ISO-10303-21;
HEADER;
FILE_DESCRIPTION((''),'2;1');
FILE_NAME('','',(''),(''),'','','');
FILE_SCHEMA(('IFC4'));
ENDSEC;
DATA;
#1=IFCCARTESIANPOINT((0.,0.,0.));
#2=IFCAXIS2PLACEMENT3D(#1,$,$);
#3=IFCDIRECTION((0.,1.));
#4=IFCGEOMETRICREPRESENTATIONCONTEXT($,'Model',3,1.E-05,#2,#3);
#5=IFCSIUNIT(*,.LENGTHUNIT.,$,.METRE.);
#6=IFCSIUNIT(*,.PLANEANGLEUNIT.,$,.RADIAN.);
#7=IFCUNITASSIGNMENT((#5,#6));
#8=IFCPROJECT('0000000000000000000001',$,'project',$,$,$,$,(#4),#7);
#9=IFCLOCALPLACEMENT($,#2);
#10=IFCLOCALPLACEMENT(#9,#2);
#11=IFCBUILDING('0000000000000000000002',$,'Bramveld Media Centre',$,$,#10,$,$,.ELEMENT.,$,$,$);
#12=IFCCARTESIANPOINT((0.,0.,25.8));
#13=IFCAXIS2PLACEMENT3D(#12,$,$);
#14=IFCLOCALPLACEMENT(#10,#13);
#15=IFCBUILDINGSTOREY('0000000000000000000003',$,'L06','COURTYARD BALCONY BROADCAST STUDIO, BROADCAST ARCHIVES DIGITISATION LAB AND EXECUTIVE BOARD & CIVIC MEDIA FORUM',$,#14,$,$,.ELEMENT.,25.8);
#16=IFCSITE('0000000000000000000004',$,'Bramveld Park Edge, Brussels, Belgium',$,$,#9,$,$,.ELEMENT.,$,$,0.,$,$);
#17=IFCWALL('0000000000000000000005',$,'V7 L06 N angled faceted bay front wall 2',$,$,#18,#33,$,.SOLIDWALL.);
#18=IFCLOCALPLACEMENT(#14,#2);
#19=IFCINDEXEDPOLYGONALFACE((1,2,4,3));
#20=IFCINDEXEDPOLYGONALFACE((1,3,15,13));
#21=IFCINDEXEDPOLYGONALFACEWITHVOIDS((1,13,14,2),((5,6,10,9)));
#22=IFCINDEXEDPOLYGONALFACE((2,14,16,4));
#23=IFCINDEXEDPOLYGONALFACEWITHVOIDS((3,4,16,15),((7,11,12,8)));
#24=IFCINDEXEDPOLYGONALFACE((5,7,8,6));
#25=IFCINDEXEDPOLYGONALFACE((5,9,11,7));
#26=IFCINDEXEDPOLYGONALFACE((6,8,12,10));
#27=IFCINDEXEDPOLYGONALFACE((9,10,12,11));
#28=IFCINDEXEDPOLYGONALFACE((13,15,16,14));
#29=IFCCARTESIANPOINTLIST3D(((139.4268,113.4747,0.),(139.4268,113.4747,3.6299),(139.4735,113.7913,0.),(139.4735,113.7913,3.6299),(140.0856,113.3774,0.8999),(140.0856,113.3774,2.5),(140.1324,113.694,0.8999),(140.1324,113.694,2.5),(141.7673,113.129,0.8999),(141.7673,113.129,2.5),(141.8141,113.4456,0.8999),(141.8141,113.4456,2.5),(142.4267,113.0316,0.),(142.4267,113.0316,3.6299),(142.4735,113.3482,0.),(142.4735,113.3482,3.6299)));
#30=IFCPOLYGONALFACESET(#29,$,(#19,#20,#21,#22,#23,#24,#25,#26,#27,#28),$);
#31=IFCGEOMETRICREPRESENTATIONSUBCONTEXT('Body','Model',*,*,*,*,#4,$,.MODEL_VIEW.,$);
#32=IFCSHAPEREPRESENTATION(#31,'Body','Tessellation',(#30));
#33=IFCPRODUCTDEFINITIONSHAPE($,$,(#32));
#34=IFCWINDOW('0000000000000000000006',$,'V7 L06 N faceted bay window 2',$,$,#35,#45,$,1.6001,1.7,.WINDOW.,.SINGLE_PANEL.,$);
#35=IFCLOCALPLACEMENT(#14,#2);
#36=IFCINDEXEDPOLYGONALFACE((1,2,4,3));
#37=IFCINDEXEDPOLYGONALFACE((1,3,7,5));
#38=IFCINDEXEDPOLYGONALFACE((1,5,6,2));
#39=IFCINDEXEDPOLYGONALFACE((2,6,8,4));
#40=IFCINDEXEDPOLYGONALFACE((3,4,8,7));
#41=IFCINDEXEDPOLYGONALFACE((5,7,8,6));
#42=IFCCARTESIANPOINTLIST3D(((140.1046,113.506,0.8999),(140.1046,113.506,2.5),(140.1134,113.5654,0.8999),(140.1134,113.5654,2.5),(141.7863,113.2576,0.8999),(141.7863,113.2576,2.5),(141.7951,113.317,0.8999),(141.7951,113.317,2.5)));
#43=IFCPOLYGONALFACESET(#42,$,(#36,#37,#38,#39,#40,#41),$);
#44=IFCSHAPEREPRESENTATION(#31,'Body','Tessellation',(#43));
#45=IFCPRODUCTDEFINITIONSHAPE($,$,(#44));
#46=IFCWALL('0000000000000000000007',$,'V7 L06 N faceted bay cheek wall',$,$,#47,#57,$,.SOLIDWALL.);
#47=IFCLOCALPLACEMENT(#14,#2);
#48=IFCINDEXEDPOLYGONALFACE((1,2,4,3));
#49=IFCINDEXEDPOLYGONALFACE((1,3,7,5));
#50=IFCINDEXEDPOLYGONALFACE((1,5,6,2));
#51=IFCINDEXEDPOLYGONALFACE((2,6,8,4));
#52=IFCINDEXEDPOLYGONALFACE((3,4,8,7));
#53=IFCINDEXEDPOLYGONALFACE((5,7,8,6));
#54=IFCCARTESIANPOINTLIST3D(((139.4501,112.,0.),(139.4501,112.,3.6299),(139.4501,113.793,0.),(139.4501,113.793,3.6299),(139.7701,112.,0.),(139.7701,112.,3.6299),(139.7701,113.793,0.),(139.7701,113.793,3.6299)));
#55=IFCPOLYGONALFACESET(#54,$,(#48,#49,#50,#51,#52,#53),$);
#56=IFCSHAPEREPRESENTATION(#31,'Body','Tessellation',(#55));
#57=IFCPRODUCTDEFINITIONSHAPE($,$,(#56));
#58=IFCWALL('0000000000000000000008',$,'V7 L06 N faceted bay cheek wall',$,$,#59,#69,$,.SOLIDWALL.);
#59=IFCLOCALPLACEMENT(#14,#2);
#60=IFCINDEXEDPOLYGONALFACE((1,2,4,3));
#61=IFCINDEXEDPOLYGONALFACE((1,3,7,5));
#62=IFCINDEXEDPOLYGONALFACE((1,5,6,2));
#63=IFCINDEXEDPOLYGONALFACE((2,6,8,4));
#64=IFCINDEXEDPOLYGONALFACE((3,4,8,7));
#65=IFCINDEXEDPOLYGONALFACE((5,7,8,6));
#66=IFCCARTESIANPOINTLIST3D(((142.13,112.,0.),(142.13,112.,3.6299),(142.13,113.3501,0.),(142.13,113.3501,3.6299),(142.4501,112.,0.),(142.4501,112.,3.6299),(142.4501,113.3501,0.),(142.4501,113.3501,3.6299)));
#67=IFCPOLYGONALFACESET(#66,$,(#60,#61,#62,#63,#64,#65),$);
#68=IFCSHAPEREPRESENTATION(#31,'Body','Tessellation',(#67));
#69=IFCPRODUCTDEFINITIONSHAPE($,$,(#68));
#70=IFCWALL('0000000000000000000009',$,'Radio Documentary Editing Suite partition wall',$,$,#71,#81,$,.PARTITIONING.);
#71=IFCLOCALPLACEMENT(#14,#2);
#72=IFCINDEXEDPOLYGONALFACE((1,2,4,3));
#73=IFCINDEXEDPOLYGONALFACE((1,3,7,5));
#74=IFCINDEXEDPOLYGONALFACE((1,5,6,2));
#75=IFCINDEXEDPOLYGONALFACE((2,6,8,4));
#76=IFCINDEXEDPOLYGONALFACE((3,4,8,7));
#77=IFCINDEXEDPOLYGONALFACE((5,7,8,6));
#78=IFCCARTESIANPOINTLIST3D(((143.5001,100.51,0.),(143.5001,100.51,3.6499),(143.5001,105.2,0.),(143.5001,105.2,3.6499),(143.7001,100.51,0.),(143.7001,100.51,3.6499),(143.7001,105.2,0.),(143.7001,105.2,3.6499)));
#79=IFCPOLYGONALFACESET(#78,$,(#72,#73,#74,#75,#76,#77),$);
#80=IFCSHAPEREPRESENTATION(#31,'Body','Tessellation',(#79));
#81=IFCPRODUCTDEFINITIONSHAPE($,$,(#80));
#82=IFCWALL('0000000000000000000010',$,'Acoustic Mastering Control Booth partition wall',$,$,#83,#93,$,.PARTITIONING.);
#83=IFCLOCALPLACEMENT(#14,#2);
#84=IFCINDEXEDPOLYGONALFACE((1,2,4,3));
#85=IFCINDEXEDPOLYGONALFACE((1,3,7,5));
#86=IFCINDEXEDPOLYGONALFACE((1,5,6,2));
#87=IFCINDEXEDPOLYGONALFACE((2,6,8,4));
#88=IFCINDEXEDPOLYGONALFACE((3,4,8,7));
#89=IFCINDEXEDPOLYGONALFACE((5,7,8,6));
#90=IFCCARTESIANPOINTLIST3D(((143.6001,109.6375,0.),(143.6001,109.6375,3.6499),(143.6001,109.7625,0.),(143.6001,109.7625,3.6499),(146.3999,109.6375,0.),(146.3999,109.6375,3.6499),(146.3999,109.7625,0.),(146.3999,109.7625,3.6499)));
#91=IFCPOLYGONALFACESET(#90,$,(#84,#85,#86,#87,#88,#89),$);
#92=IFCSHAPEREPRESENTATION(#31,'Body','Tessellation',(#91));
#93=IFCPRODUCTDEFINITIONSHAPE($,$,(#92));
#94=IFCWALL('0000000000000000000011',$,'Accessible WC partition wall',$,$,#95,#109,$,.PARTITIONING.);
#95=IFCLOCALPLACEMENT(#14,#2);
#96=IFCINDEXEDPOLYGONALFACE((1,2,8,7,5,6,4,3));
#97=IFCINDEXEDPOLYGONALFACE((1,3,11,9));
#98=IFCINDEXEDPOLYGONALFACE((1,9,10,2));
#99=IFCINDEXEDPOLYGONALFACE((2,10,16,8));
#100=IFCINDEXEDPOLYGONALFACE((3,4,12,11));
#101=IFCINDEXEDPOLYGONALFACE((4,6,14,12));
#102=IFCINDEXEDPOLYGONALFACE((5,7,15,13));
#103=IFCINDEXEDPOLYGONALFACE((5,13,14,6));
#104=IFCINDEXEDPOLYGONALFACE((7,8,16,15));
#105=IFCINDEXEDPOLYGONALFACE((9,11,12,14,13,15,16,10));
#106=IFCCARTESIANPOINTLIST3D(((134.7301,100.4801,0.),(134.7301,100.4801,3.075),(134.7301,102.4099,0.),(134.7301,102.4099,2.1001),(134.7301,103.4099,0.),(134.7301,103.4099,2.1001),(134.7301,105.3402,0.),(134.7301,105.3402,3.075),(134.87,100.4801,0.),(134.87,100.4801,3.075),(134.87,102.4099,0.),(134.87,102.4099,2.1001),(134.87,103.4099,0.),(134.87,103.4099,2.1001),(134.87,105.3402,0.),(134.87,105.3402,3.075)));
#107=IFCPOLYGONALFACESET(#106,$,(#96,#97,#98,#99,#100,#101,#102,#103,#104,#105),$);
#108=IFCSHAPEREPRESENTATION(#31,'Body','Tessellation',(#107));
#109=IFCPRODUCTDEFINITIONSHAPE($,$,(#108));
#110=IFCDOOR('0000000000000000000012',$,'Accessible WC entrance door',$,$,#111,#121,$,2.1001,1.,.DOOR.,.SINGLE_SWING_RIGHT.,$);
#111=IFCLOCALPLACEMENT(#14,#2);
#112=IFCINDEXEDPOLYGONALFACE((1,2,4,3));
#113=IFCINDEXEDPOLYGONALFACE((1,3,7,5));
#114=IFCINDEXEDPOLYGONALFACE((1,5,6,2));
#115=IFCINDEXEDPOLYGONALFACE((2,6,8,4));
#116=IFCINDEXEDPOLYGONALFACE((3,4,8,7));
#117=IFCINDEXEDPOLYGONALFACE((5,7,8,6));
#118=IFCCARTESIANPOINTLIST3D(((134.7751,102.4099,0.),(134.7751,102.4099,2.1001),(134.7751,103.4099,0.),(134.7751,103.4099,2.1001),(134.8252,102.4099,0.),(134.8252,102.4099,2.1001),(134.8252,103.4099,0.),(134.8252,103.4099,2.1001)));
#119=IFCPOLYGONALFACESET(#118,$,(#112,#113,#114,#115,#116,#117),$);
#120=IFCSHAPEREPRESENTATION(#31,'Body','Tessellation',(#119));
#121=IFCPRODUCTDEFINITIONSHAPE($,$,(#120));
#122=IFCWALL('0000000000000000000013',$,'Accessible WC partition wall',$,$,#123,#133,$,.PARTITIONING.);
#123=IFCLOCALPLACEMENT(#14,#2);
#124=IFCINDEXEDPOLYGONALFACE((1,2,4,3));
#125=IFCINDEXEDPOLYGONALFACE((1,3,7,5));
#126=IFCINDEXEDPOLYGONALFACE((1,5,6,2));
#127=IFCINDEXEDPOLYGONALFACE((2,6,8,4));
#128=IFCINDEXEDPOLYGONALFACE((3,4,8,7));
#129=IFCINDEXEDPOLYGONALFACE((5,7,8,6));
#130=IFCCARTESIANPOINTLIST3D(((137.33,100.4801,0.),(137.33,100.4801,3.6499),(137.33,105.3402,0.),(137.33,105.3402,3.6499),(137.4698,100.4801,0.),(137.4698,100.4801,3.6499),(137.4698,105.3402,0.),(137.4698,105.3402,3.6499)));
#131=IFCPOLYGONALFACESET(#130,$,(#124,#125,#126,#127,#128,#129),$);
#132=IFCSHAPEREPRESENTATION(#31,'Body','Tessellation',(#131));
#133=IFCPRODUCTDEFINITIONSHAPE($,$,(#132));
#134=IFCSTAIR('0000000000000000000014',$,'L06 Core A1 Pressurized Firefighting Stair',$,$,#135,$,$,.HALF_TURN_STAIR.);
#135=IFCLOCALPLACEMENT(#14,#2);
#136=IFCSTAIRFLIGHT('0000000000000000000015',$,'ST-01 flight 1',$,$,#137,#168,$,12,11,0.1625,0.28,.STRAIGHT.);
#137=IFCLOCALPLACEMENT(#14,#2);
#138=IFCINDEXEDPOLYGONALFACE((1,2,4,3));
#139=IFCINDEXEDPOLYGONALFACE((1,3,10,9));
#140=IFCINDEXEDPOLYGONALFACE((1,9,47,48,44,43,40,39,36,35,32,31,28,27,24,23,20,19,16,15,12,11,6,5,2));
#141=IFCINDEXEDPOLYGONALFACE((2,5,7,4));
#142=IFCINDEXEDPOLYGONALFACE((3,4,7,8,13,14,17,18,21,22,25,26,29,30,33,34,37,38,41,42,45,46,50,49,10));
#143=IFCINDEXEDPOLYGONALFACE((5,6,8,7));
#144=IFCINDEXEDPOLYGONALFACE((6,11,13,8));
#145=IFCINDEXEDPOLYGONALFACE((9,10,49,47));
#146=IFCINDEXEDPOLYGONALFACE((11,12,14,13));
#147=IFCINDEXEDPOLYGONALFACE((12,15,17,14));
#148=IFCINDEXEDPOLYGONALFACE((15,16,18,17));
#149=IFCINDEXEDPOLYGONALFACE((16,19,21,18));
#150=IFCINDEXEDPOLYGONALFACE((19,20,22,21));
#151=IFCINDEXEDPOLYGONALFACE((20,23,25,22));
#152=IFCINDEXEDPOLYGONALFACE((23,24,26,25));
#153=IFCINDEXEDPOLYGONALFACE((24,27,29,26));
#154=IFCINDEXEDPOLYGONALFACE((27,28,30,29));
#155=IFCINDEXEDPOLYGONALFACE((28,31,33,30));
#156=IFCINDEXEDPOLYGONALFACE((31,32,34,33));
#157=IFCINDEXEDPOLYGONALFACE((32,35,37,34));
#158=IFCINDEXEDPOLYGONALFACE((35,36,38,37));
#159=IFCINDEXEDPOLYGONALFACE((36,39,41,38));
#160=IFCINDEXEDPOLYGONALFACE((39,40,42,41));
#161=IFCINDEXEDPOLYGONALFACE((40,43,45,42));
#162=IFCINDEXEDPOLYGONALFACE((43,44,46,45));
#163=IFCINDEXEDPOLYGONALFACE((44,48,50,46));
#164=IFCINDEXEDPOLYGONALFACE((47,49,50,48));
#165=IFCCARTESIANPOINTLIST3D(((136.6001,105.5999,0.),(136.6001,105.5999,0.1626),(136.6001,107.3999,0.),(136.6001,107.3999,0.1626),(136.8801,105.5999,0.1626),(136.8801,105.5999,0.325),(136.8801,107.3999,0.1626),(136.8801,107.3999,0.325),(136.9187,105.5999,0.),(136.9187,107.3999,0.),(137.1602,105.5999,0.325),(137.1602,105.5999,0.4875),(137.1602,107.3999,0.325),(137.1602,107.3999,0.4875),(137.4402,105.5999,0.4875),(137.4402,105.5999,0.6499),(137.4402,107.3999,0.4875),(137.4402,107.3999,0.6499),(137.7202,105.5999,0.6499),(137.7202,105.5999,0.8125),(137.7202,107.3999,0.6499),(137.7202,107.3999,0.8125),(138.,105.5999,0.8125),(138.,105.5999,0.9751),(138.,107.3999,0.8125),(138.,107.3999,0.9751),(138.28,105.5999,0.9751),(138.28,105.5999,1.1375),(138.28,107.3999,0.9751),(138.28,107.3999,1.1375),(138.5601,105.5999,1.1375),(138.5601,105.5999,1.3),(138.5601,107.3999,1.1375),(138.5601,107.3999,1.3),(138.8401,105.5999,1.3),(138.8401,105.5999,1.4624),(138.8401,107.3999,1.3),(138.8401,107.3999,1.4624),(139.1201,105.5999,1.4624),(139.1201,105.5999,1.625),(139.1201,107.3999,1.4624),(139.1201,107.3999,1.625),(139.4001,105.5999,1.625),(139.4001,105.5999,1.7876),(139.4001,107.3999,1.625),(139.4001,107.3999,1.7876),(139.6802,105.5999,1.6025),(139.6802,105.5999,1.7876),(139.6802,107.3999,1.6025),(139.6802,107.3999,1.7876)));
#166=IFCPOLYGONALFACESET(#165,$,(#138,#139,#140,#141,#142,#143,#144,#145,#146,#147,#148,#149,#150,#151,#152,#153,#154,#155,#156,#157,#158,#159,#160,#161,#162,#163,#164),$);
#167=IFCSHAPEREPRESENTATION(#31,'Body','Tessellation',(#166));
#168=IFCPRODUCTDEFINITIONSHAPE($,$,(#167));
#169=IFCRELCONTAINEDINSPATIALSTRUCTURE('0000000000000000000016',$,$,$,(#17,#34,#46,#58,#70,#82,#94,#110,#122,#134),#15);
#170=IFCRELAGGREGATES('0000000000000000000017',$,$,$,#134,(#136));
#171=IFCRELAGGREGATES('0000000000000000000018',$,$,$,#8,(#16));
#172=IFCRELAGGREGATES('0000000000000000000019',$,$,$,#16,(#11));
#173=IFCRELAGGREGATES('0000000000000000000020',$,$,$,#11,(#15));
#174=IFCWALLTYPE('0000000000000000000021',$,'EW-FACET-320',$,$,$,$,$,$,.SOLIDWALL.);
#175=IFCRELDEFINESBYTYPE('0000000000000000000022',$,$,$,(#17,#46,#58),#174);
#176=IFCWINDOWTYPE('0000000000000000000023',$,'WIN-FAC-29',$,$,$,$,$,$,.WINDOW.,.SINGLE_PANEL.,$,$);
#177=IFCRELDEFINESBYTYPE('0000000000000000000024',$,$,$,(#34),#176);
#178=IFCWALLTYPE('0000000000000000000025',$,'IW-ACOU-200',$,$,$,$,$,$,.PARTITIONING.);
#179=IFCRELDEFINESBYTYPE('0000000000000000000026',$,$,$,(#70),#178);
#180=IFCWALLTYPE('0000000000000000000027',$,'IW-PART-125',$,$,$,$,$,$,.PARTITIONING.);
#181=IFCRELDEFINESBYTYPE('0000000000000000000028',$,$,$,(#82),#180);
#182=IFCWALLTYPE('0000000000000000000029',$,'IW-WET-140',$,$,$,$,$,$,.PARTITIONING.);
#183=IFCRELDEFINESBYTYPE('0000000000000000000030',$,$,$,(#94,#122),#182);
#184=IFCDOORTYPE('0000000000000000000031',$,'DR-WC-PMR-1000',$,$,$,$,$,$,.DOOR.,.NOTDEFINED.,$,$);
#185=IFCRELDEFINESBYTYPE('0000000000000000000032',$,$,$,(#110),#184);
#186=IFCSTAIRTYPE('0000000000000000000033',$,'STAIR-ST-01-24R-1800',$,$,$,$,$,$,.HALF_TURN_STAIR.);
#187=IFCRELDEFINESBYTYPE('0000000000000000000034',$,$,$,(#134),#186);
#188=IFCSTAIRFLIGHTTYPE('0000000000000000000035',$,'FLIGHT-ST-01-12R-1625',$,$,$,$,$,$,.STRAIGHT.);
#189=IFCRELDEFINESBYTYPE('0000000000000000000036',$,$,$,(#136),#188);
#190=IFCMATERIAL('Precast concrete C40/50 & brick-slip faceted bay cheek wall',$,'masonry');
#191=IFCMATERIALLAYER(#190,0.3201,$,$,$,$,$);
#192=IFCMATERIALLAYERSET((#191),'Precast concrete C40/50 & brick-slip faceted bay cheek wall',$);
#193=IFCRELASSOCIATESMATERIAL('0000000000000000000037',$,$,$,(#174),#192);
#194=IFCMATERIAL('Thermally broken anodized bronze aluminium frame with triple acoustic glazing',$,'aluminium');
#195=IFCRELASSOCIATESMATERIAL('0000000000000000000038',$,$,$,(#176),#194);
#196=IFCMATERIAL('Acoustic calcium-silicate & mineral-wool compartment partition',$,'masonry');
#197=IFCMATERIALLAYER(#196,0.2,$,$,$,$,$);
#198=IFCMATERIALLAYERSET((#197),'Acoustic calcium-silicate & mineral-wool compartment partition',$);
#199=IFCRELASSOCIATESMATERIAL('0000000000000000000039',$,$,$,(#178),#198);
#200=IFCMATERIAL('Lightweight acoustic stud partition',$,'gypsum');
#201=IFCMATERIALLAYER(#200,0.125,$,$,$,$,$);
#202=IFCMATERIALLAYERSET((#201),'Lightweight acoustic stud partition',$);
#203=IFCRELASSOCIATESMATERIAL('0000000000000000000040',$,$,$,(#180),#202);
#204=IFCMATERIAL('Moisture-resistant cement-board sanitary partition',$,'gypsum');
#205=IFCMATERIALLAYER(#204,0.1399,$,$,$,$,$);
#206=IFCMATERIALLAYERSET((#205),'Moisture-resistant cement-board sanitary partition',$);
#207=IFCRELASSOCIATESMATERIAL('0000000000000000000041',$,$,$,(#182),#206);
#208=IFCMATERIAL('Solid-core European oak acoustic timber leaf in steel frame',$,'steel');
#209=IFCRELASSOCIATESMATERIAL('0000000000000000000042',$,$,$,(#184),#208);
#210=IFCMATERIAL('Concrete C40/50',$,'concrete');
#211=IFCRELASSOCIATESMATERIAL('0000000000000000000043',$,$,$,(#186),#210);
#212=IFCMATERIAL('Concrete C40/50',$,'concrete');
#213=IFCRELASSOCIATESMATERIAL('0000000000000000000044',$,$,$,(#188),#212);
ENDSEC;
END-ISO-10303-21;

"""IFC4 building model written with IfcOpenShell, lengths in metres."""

from ifc_helpers import new_model, si_unit, direction, frame, frame_2d, origin, place, context, subcontext, project, spatial, polyline, rectangle, outline, extrude, material, layer, layer_set, type_object, element, fill, aggregate, save


model = new_model("IFC4")

# Units and contexts
model_context = context("Model", 3, precision=1e-05, world=origin(), true_north=direction((0.0, 1.0)))
body_context = subcontext(model_context, "Body", "Model", "MODEL_VIEW")
ifc_project = project(units=[si_unit("LENGTHUNIT", "METRE"), si_unit("PLANEANGLEUNIT", "RADIAN")], contexts=[model_context])

# Site, building, storey
site_placement = place(None, origin())
site = spatial("IfcSite", under=ifc_project, at=site_placement, Name="Bramveld Park Edge, Brussels, Belgium", CompositionType="ELEMENT", RefElevation=0.0)
building_placement = place(site_placement, origin())
building = spatial("IfcBuilding", under=site, at=building_placement, Name="Bramveld Media Centre", CompositionType="ELEMENT")
storey_placement = place(building_placement, frame((0.0, 0.0, 25.8)))
storey = spatial("IfcBuildingStorey", under=building, at=storey_placement, Name="L06", Description="COURTYARD BALCONY BROADCAST STUDIO, BROADCAST ARCHIVES DIGITISATION LAB AND EXECUTIVE BOARD & CIVIC MEDIA FORUM", CompositionType="ELEMENT", Elevation=25.8)

# Shared definitions
ifc_material_1 = material(Name="Precast concrete C40/50 & brick-slip faceted bay cheek wall", Category="masonry")
ifc_layer_1 = layer(ifc_material_1, 0.3201)
ifc_layer_set_1 = layer_set([ifc_layer_1], Name="Precast concrete C40/50 & brick-slip faceted bay cheek wall")
wall_type_1 = type_object("IfcWallType", Name="EW-FACET-320", PredefinedType="SOLIDWALL", material=ifc_layer_set_1)

# Wall, opening, window
wall_1_placement = place(storey_placement, frame((142.45, 113.1899, 0.0), z_axis=(0.0, 0.0, 1.0), x_axis=(-0.989267, 0.14612, 0.0)))
wall_1 = element("IfcWall", 1, at=wall_1_placement, inside=storey, type_object=wall_type_1, Name="V7 L06 N angled faceted bay front wall 2", PredefinedType="SOLIDWALL", context=body_context, shape_type="SweptSolid", body=[
    extrude(rectangle(XDim=3.0325, YDim=0.3201, at=frame_2d((1.5161, 0.0))), origin(), (0.0, 0.0, 1.0), 3.6299),
])
opening_1_placement = place(wall_1_placement, frame((0.6663, 0.0, 0.8999)))
opening_1 = element("IfcOpeningElement", 2, at=opening_1_placement, cuts=wall_1, PredefinedType="OPENING", context=body_context, shape_type="SweptSolid", body=[
    extrude(rectangle(XDim=1.7, YDim=1.6001, at=frame_2d((0.8501, 0.8))), frame((0.0, 0.1719, 0.0), z_axis=(0.0, -1.0, 0.0), x_axis=(1.0, 0.0, 0.0)), (0.0, 0.0, 1.0), 0.344),
])
ifc_material_2 = material(Name="Thermally broken anodized bronze aluminium frame with triple acoustic glazing", Category="aluminium")
window_type_1 = type_object("IfcWindowType", Name="WIN-FAC-29", PartitioningType="SINGLE_PANEL", PredefinedType="WINDOW", material=ifc_material_2)
window_1_placement = place(opening_1_placement, origin())
window_1 = element("IfcWindow", 3, at=window_1_placement, inside=storey, type_object=window_type_1, Name="V7 L06 N faceted bay window 2", OverallHeight=1.6001, OverallWidth=1.7, PartitioningType="SINGLE_PANEL", PredefinedType="WINDOW", context=body_context, shape_type="SweptSolid", body=[
    extrude(rectangle(XDim=1.7, YDim=1.6001, at=frame_2d((0.8501, 0.8))), frame((0.0, 0.03, 0.0), z_axis=(0.0, -1.0, 0.0), x_axis=(1.0, 0.0, 0.0)), (0.0, 0.0, 1.0), 0.0601),
])
fill(opening_1, window_1)

# Walls
wall_2_placement = place(storey_placement, frame((139.6101, 112.0, 0.0), z_axis=(0.0, 0.0, 1.0), x_axis=(0.0, 1.0, 0.0)))
element("IfcWall", 4, at=wall_2_placement, inside=storey, type_object=wall_type_1, Name="V7 L06 N faceted bay cheek wall", PredefinedType="SOLIDWALL", context=body_context, shape_type="SweptSolid", body=[
    extrude(rectangle(XDim=1.793, YDim=0.3201, at=frame_2d((0.8965, 0.0))), origin(), (0.0, 0.0, 1.0), 3.6299),
])
wall_3_placement = place(storey_placement, frame((142.29, 112.0, 0.0), z_axis=(0.0, 0.0, 1.0), x_axis=(0.0, 1.0, 0.0)))
element("IfcWall", 5, at=wall_3_placement, inside=storey, type_object=wall_type_1, Name="V7 L06 N faceted bay cheek wall", PredefinedType="SOLIDWALL", context=body_context, shape_type="SweptSolid", body=[
    extrude(rectangle(XDim=1.3501, YDim=0.3201, at=frame_2d((0.675, 0.0))), origin(), (0.0, 0.0, 1.0), 3.6299),
])
ifc_material_3 = material(Name="Acoustic calcium-silicate & mineral-wool compartment partition", Category="masonry")
ifc_layer_2 = layer(ifc_material_3, 0.2)
ifc_layer_set_2 = layer_set([ifc_layer_2], Name="Acoustic calcium-silicate & mineral-wool compartment partition")
wall_type_2 = type_object("IfcWallType", Name="IW-ACOU-200", PredefinedType="PARTITIONING", material=ifc_layer_set_2)
wall_4_placement = place(storey_placement, frame((143.6001, 100.51, 0.0), z_axis=(0.0, 0.0, 1.0), x_axis=(0.0, 1.0, 0.0)))
element("IfcWall", 6, at=wall_4_placement, inside=storey, type_object=wall_type_2, Name="Radio Documentary Editing Suite partition wall", PredefinedType="PARTITIONING", context=body_context, shape_type="SweptSolid", body=[
    extrude(rectangle(XDim=4.6899, YDim=0.2, at=frame_2d((2.345, 0.0))), origin(), (0.0, 0.0, 1.0), 3.6499),
])
ifc_material_4 = material(Name="Lightweight acoustic stud partition", Category="gypsum")
ifc_layer_3 = layer(ifc_material_4, 0.125)
ifc_layer_set_3 = layer_set([ifc_layer_3], Name="Lightweight acoustic stud partition")
wall_type_3 = type_object("IfcWallType", Name="IW-PART-125", PredefinedType="PARTITIONING", material=ifc_layer_set_3)
wall_5_placement = place(storey_placement, frame((143.6001, 109.7, 0.0), z_axis=(0.0, 0.0, 1.0), x_axis=(1.0, 0.0, 0.0)))
element("IfcWall", 7, at=wall_5_placement, inside=storey, type_object=wall_type_3, Name="Acoustic Mastering Control Booth partition wall", PredefinedType="PARTITIONING", context=body_context, shape_type="SweptSolid", body=[
    extrude(rectangle(XDim=2.7998, YDim=0.125, at=frame_2d((1.3999, 0.0))), origin(), (0.0, 0.0, 1.0), 3.6499),
])

# Wall, opening, door
ifc_material_5 = material(Name="Moisture-resistant cement-board sanitary partition", Category="gypsum")
ifc_layer_4 = layer(ifc_material_5, 0.1399)
ifc_layer_set_4 = layer_set([ifc_layer_4], Name="Moisture-resistant cement-board sanitary partition")
wall_type_4 = type_object("IfcWallType", Name="IW-WET-140", PredefinedType="PARTITIONING", material=ifc_layer_set_4)
wall_6_placement = place(storey_placement, frame((134.8, 100.48, 0.0), z_axis=(0.0, 0.0, 1.0), x_axis=(0.0, 1.0, 0.0)))
wall_6 = element("IfcWall", 8, at=wall_6_placement, inside=storey, type_object=wall_type_4, Name="Accessible WC partition wall", PredefinedType="PARTITIONING", context=body_context, shape_type="SweptSolid", body=[
    extrude(rectangle(XDim=4.8601, YDim=0.1399, at=frame_2d((2.4302, 0.0))), origin(), (0.0, 0.0, 1.0), 3.075),
])
opening_2_placement = place(wall_6_placement, frame((1.9299, 0.0, 0.0)))
opening_2 = element("IfcOpeningElement", 9, at=opening_2_placement, cuts=wall_6, PredefinedType="OPENING", context=body_context, shape_type="SweptSolid", body=[
    extrude(rectangle(XDim=1.0, YDim=2.1001, at=frame_2d((0.5, 1.05))), frame((0.0, 0.082, 0.0), z_axis=(0.0, -1.0, 0.0), x_axis=(1.0, 0.0, 0.0)), (0.0, 0.0, 1.0), 0.1638),
])
ifc_material_6 = material(Name="Solid-core European oak acoustic timber leaf in steel frame", Category="steel")
door_type_1 = type_object("IfcDoorType", Name="DR-WC-PMR-1000", OperationType="NOTDEFINED", PredefinedType="DOOR", material=ifc_material_6)
door_1_placement = place(opening_2_placement, origin())
door_1 = element("IfcDoor", 10, at=door_1_placement, inside=storey, type_object=door_type_1, Name="Accessible WC entrance door", OperationType="SINGLE_SWING_RIGHT", OverallHeight=2.1001, OverallWidth=1.0, PredefinedType="DOOR", context=body_context, shape_type="SweptSolid", body=[
    extrude(rectangle(XDim=1.0, YDim=2.1001, at=frame_2d((0.5, 1.05))), frame((0.0, 0.0249, 0.0), z_axis=(0.0, -1.0, 0.0), x_axis=(1.0, 0.0, 0.0)), (0.0, 0.0, 1.0), 0.05),
])
fill(opening_2, door_1)

# Wall
wall_7_placement = place(storey_placement, frame((137.3999, 100.48, 0.0), z_axis=(0.0, 0.0, 1.0), x_axis=(0.0, 1.0, 0.0)))
element("IfcWall", 11, at=wall_7_placement, inside=storey, type_object=wall_type_4, Name="Accessible WC partition wall", PredefinedType="PARTITIONING", context=body_context, shape_type="SweptSolid", body=[
    extrude(rectangle(XDim=4.8601, YDim=0.1399, at=frame_2d((2.4302, 0.0))), origin(), (0.0, 0.0, 1.0), 3.6499),
])

# Stair, stair flight
ifc_material_7 = material(Name="Concrete C40/50", Category="concrete")
stair_type = type_object("IfcStairType", Name="STAIR-ST-01-24R-1800", PredefinedType="HALF_TURN_STAIR", material=ifc_material_7)
stair_placement = place(storey_placement, origin())
stair = element("IfcStair", 12, at=stair_placement, inside=storey, type_object=stair_type, Name="L06 Core A1 Pressurized Firefighting Stair", PredefinedType="HALF_TURN_STAIR")
ifc_material_8 = material(Name="Concrete C40/50", Category="concrete")
stair_flight_type = type_object("IfcStairFlightType", Name="FLIGHT-ST-01-12R-1625", PredefinedType="STRAIGHT", material=ifc_material_8)
stair_flight_1_placement = place(storey_placement, frame((136.6001, 106.5, 0.0), z_axis=(0.0, 0.0, 1.0), x_axis=(1.0, 0.0, 0.0)))
stair_flight_1 = element("IfcStairFlight", 13, at=stair_flight_1_placement, type_object=stair_flight_type, Name="ST-01 flight 1", NumberOfRisers=12, NumberOfTreads=11, PredefinedType="STRAIGHT", RiserHeight=0.1625, TreadLength=0.28, context=body_context, shape_type="SweptSolid", body=[
    extrude(outline(polyline([(0.0, 0.0), (0.0, 0.1626), (0.28, 0.1626), (0.28, 0.325), (0.5601, 0.325), (0.5601, 0.4875), (0.8401, 0.4875), (0.8401, 0.6499), (1.1201, 0.6499), (1.1201, 0.8125), (1.3999, 0.8125), (1.3999, 0.9751), (1.6799, 0.9751), (1.6799, 1.1375), (1.96, 1.1375), (1.96, 1.3), (2.24, 1.3), (2.24, 1.4624), (2.52, 1.4624), (2.52, 1.625), (2.8, 1.625), (2.8, 1.7876), (3.0801, 1.7876), (3.0801, 1.95), (3.0801, 1.6025), (0.3186, 0.0), (0.0, 0.0)])), frame((0.0, 0.8999, 0.0), z_axis=(0.0, -1.0, 0.0), x_axis=(1.0, 0.0, 0.0)), (0.0, 0.0, 1.0), 1.8),
])
aggregate(stair, [stair_flight_1])

save(model, "model.ifc")
